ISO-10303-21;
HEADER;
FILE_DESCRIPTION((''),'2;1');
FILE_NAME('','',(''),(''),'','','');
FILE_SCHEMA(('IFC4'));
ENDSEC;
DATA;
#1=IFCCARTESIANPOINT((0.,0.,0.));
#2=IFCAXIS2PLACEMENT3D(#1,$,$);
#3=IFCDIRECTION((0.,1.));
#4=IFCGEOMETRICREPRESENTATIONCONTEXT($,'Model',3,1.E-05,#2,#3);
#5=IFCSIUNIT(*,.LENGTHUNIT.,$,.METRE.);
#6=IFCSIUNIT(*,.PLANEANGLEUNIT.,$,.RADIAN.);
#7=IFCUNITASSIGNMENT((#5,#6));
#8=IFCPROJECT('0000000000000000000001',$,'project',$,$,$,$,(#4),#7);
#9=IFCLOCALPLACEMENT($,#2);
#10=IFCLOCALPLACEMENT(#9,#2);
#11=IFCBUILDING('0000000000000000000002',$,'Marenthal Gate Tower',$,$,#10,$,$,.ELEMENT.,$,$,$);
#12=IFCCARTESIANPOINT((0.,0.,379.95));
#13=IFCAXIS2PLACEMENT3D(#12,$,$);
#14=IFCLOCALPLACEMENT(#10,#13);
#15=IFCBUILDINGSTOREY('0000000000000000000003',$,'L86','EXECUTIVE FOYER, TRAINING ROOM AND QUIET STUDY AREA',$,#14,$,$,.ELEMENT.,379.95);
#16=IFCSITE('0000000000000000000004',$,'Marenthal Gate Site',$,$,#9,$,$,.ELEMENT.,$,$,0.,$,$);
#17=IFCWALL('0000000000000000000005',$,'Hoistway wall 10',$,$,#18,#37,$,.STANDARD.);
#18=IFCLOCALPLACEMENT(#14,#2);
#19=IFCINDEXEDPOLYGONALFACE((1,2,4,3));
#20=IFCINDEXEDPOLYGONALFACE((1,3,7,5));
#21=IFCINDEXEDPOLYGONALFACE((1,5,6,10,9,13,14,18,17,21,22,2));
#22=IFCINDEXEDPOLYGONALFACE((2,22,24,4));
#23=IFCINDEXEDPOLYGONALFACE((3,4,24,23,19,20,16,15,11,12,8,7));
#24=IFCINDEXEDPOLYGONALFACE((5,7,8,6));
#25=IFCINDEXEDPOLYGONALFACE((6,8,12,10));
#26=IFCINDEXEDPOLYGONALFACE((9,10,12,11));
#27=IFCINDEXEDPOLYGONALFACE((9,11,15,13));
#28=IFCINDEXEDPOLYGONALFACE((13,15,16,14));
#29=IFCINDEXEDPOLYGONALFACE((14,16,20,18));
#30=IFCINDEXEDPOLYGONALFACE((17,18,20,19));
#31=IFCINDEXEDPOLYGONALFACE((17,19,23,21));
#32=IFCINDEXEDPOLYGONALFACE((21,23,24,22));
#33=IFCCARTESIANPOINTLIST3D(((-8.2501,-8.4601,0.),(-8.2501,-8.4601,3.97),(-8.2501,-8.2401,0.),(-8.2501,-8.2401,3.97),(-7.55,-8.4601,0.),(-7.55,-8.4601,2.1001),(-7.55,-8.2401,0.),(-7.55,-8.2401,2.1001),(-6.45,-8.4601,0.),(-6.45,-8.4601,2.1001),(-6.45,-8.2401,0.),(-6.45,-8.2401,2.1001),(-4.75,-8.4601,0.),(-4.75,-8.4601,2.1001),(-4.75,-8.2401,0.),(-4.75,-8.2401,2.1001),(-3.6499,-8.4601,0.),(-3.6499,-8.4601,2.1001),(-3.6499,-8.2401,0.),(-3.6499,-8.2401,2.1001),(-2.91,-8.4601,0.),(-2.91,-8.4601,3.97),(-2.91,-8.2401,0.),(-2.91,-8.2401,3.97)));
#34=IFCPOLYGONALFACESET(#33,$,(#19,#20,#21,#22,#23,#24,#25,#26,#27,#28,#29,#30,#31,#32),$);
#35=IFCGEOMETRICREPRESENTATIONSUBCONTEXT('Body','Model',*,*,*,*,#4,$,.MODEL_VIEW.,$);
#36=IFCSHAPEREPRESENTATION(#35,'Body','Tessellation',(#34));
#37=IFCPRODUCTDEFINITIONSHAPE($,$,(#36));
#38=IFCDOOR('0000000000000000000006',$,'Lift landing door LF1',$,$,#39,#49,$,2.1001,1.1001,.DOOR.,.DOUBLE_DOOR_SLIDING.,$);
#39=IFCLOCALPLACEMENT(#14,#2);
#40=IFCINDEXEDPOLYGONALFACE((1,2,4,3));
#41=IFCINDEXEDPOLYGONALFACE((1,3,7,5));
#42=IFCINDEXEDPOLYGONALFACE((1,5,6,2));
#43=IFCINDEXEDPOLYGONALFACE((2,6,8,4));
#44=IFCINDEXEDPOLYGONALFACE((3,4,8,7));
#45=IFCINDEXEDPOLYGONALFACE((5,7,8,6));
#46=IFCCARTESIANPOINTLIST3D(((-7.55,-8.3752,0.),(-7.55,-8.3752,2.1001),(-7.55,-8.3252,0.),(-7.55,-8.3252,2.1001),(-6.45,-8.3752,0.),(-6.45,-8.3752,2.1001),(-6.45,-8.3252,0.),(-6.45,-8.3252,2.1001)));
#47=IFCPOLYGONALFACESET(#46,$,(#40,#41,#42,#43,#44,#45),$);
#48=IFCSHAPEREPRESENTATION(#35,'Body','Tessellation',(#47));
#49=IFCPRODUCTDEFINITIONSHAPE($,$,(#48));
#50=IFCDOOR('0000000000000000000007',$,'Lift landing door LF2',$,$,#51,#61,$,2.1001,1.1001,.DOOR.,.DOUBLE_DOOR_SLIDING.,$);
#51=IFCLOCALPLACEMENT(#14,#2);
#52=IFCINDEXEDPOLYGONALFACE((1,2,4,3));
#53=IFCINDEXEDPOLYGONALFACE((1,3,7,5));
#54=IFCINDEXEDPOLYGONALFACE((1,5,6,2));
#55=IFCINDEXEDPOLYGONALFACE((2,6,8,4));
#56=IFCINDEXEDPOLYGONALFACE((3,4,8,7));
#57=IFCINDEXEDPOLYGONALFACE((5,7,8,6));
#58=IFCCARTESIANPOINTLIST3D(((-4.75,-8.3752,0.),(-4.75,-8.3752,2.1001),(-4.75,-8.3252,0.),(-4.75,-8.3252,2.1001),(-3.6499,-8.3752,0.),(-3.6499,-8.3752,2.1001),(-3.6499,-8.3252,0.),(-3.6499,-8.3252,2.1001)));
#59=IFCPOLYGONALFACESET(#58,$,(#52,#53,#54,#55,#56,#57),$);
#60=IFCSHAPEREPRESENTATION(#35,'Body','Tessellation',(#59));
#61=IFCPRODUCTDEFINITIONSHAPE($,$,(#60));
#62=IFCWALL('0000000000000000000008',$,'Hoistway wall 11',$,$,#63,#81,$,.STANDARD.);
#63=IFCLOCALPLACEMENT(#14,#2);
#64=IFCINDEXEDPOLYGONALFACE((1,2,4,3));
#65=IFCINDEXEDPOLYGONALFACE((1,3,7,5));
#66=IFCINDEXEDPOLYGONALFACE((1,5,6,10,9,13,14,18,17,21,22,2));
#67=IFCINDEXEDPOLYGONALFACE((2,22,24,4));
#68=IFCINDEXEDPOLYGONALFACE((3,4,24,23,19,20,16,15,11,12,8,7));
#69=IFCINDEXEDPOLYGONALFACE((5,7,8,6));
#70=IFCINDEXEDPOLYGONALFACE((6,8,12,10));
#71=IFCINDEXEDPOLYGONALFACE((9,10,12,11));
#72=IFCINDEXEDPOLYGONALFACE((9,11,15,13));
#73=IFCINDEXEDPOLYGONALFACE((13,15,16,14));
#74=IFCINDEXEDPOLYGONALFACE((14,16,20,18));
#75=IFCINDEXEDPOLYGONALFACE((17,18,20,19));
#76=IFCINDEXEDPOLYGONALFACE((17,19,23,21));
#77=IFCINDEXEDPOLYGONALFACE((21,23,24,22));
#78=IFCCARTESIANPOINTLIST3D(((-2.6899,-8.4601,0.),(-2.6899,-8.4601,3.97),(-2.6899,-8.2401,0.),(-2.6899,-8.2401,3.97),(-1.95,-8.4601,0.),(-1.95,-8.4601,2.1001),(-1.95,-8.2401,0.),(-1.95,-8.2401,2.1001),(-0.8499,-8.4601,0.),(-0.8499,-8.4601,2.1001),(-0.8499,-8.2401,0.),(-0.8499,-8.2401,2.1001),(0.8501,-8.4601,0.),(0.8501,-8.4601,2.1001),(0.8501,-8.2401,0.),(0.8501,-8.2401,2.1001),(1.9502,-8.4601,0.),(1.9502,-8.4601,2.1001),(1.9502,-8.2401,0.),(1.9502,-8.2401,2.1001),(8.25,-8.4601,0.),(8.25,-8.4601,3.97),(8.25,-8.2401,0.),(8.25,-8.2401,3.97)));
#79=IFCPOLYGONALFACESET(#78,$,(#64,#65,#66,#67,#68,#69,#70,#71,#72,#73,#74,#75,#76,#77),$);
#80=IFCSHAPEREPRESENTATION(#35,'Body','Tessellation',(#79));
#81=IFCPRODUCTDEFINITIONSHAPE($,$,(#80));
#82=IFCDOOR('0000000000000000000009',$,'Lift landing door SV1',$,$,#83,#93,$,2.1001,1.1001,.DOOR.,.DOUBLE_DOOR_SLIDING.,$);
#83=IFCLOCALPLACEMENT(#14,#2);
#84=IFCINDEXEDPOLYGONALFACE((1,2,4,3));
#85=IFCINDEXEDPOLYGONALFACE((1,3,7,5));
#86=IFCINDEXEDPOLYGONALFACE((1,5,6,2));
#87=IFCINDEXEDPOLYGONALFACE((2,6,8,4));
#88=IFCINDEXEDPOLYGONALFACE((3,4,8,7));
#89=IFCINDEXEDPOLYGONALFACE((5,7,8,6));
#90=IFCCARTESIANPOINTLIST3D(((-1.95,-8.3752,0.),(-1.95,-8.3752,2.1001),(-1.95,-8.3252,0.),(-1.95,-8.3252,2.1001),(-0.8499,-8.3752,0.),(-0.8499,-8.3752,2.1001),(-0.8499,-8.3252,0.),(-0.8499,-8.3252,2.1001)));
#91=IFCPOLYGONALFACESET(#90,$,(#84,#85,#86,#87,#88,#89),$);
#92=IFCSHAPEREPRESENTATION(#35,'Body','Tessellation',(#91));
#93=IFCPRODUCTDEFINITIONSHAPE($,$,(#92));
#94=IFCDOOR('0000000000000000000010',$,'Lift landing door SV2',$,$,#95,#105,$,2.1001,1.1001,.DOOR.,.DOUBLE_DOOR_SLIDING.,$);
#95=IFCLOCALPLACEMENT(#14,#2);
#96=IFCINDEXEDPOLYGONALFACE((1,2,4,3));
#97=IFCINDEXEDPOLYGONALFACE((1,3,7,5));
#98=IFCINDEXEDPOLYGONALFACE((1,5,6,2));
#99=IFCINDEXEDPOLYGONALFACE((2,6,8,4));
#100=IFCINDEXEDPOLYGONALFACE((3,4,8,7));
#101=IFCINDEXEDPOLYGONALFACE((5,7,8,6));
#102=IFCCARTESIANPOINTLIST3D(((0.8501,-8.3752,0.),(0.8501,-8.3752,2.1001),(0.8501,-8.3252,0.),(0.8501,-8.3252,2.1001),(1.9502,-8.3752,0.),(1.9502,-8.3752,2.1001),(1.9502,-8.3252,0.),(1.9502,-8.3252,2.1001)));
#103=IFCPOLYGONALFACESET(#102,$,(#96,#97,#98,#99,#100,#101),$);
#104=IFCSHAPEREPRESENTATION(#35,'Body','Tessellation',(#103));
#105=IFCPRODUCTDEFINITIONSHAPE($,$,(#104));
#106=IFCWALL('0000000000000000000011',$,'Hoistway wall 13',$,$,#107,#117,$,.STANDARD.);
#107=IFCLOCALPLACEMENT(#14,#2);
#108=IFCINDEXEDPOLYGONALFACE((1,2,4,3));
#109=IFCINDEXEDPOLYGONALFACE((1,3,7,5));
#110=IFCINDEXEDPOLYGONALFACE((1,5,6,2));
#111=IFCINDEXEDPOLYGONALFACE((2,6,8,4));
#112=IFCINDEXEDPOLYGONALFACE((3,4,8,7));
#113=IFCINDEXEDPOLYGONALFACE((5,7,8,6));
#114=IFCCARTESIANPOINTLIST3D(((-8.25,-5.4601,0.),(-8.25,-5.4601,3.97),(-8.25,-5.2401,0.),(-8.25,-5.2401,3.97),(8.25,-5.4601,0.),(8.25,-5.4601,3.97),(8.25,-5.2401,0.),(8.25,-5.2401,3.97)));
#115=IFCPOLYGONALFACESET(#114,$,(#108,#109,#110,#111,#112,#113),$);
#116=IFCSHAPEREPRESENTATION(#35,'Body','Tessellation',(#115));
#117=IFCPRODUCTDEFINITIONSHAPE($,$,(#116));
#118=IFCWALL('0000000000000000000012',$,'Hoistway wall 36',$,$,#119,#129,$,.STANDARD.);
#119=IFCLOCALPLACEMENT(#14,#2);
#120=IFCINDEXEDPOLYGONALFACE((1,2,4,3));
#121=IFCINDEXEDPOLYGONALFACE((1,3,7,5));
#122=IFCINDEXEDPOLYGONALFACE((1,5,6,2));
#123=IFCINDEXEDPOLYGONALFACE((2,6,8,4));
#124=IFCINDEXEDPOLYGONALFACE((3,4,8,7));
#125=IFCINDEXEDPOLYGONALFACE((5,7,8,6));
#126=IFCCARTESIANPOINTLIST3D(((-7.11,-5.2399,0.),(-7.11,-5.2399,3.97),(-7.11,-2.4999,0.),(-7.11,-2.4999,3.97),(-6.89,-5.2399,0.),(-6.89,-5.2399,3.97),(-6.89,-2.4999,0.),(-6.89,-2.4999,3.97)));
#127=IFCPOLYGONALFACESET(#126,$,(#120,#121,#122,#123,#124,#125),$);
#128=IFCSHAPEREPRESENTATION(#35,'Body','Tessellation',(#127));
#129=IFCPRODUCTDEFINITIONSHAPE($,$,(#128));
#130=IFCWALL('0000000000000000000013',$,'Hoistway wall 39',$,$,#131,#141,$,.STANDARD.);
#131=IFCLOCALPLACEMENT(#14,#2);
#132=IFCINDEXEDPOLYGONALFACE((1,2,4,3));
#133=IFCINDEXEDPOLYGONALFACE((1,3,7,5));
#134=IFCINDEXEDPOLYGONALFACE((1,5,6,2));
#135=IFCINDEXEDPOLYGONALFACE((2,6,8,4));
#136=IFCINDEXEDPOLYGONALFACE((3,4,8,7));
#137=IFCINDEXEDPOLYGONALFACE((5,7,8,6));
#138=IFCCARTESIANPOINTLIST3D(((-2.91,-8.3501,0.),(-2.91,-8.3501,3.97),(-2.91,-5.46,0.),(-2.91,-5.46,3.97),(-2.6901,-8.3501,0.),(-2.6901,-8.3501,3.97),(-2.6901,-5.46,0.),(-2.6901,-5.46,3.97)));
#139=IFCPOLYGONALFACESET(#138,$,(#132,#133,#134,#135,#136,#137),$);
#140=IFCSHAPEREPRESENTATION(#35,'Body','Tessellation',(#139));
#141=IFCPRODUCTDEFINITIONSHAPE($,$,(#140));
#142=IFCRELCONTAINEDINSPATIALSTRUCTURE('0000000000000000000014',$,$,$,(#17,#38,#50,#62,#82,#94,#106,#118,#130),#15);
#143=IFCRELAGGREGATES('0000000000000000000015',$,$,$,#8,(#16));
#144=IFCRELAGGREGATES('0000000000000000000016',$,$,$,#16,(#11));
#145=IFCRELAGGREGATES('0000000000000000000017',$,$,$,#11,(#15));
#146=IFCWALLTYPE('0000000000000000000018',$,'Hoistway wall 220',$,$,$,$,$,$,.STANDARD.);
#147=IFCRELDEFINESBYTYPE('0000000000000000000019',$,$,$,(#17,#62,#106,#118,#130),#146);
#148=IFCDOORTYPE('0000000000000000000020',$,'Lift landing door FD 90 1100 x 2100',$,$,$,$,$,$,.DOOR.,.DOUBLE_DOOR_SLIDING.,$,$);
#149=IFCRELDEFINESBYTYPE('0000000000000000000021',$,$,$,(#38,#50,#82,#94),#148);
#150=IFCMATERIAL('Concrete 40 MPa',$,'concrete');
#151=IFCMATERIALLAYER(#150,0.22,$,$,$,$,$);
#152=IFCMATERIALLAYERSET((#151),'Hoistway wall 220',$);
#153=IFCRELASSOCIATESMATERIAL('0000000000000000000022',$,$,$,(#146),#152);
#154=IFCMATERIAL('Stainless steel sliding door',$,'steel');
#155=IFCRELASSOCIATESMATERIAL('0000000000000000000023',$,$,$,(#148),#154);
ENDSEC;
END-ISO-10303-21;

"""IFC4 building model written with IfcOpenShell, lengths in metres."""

from ifc_helpers import new_model, si_unit, direction, frame, frame_2d, origin, place, context, subcontext, project, spatial, rectangle, extrude, material, layer, layer_set, type_object, element, fill, save


model = new_model("IFC4")

# Units and contexts
model_context = context("Model", 3, precision=1e-05, world=origin(), true_north=direction((0.0, 1.0)))
body_context = subcontext(model_context, "Body", "Model", "MODEL_VIEW")
ifc_project = project(units=[si_unit("LENGTHUNIT", "METRE"), si_unit("PLANEANGLEUNIT", "RADIAN")], contexts=[model_context])

# Site, building, storey
site_placement = place(None, origin())
site = spatial("IfcSite", under=ifc_project, at=site_placement, Name="Marenthal Gate Site", CompositionType="ELEMENT", RefElevation=0.0)
building_placement = place(site_placement, origin())
building = spatial("IfcBuilding", under=site, at=building_placement, Name="Marenthal Gate Tower", CompositionType="ELEMENT")
storey_placement = place(building_placement, frame((0.0, 0.0, 379.95)))
storey = spatial("IfcBuildingStorey", under=building, at=storey_placement, Name="L86", Description="EXECUTIVE FOYER, TRAINING ROOM AND QUIET STUDY AREA", CompositionType="ELEMENT", Elevation=379.95)

# Walls, openings, doors
ifc_material_1 = material(Name="Concrete 40 MPa", Category="concrete")
ifc_layer_1 = layer(ifc_material_1, 0.22)
ifc_layer_set_1 = layer_set([ifc_layer_1], Name="Hoistway wall 220")
wall_type_1 = type_object("IfcWallType", Name="Hoistway wall 220", PredefinedType="STANDARD", material=ifc_layer_set_1)
wall_1_placement = place(storey_placement, frame((-8.25, -8.3501, 0.0), z_axis=(0.0, 0.0, 1.0), x_axis=(1.0, 0.0, 0.0)))
wall_1 = element("IfcWall", 1, at=wall_1_placement, inside=storey, type_object=wall_type_1, Name="Hoistway wall 10", PredefinedType="STANDARD", context=body_context, shape_type="SweptSolid", body=[
    extrude(rectangle(XDim=5.3401, YDim=0.22, at=frame_2d((2.6699, 0.0))), origin(), (0.0, 0.0, 1.0), 3.97),
])
opening_1_placement = place(wall_1_placement, frame((0.7, 0.0, 0.0)))
opening_1 = element("IfcOpeningElement", 2, at=opening_1_placement, cuts=wall_1, PredefinedType="OPENING", context=body_context, shape_type="SweptSolid", body=[
    extrude(rectangle(XDim=1.1001, YDim=2.1001, at=frame_2d((0.55, 1.05))), frame((0.0, 0.1201, 0.0), z_axis=(0.0, -1.0, 0.0), x_axis=(1.0, 0.0, 0.0)), (0.0, 0.0, 1.0), 0.24),
])
opening_2_placement = place(wall_1_placement, frame((3.5, 0.0, 0.0)))
opening_2 = element("IfcOpeningElement", 3, at=opening_2_placement, cuts=wall_1, PredefinedType="OPENING", context=body_context, shape_type="SweptSolid", body=[
    extrude(rectangle(XDim=1.1001, YDim=2.1001, at=frame_2d((0.55, 1.05))), frame((0.0, 0.1201, 0.0), z_axis=(0.0, -1.0, 0.0), x_axis=(1.0, 0.0, 0.0)), (0.0, 0.0, 1.0), 0.24),
])
ifc_material_2 = material(Name="Stainless steel sliding door", Category="steel")
door_type = type_object("IfcDoorType", Name="Lift landing door FD 90 1100 x 2100", OperationType="DOUBLE_DOOR_SLIDING", PredefinedType="DOOR", material=ifc_material_2)
door_1_placement = place(opening_1_placement, origin())
door_1 = element("IfcDoor", 4, at=door_1_placement, inside=storey, type_object=door_type, Name="Lift landing door LF1", OperationType="DOUBLE_DOOR_SLIDING", OverallHeight=2.1001, OverallWidth=1.1001, PredefinedType="DOOR", context=body_context, shape_type="SweptSolid", body=[
    extrude(rectangle(XDim=1.1001, YDim=2.1001, at=frame_2d((0.55, 1.05))), frame((0.0, 0.0249, 0.0), z_axis=(0.0, -1.0, 0.0), x_axis=(1.0, 0.0, 0.0)), (0.0, 0.0, 1.0), 0.05),
])
fill(opening_1, door_1)
door_2_placement = place(opening_2_placement, origin())
door_2 = element("IfcDoor", 5, at=door_2_placement, inside=storey, type_object=door_type, Name="Lift landing door LF2", OperationType="DOUBLE_DOOR_SLIDING", OverallHeight=2.1001, OverallWidth=1.1001, PredefinedType="DOOR", context=body_context, shape_type="SweptSolid", body=[
    extrude(rectangle(XDim=1.1001, YDim=2.1001, at=frame_2d((0.55, 1.05))), frame((0.0, 0.0249, 0.0), z_axis=(0.0, -1.0, 0.0), x_axis=(1.0, 0.0, 0.0)), (0.0, 0.0, 1.0), 0.05),
])
fill(opening_2, door_2)
wall_2_placement = place(storey_placement, frame((-2.6899, -8.3501, 0.0), z_axis=(0.0, 0.0, 1.0), x_axis=(1.0, 0.0, 0.0)))
wall_2 = element("IfcWall", 6, at=wall_2_placement, inside=storey, type_object=wall_type_1, Name="Hoistway wall 11", PredefinedType="STANDARD", context=body_context, shape_type="SweptSolid", body=[
    extrude(rectangle(XDim=10.9399, YDim=0.22, at=frame_2d((5.47, 0.0))), origin(), (0.0, 0.0, 1.0), 3.97),
])
opening_3_placement = place(wall_2_placement, frame((0.74, 0.0, 0.0)))
opening_3 = element("IfcOpeningElement", 7, at=opening_3_placement, cuts=wall_2, PredefinedType="OPENING", context=body_context, shape_type="SweptSolid", body=[
    extrude(rectangle(XDim=1.1001, YDim=2.1001, at=frame_2d((0.55, 1.05))), frame((0.0, 0.1201, 0.0), z_axis=(0.0, -1.0, 0.0), x_axis=(1.0, 0.0, 0.0)), (0.0, 0.0, 1.0), 0.24),
])
opening_4_placement = place(wall_2_placement, frame((3.54, 0.0, 0.0)))
opening_4 = element("IfcOpeningElement", 8, at=opening_4_placement, cuts=wall_2, PredefinedType="OPENING", context=body_context, shape_type="SweptSolid", body=[
    extrude(rectangle(XDim=1.1001, YDim=2.1001, at=frame_2d((0.55, 1.05))), frame((0.0, 0.1201, 0.0), z_axis=(0.0, -1.0, 0.0), x_axis=(1.0, 0.0, 0.0)), (0.0, 0.0, 1.0), 0.24),
])
door_3_placement = place(opening_3_placement, origin())
door_3 = element("IfcDoor", 9, at=door_3_placement, inside=storey, type_object=door_type, Name="Lift landing door SV1", OperationType="DOUBLE_DOOR_SLIDING", OverallHeight=2.1001, OverallWidth=1.1001, PredefinedType="DOOR", context=body_context, shape_type="SweptSolid", body=[
    extrude(rectangle(XDim=1.1001, YDim=2.1001, at=frame_2d((0.55, 1.05))), frame((0.0, 0.0249, 0.0), z_axis=(0.0, -1.0, 0.0), x_axis=(1.0, 0.0, 0.0)), (0.0, 0.0, 1.0), 0.05),
])
fill(opening_3, door_3)
door_4_placement = place(opening_4_placement, origin())
door_4 = element("IfcDoor", 10, at=door_4_placement, inside=storey, type_object=door_type, Name="Lift landing door SV2", OperationType="DOUBLE_DOOR_SLIDING", OverallHeight=2.1001, OverallWidth=1.1001, PredefinedType="DOOR", context=body_context, shape_type="SweptSolid", body=[
    extrude(rectangle(XDim=1.1001, YDim=2.1001, at=frame_2d((0.55, 1.05))), frame((0.0, 0.0249, 0.0), z_axis=(0.0, -1.0, 0.0), x_axis=(1.0, 0.0, 0.0)), (0.0, 0.0, 1.0), 0.05),
])
fill(opening_4, door_4)

# Walls
wall_3_placement = place(storey_placement, frame((-8.25, -5.3501, 0.0), z_axis=(0.0, 0.0, 1.0), x_axis=(1.0, 0.0, 0.0)))
element("IfcWall", 11, at=wall_3_placement, inside=storey, type_object=wall_type_1, Name="Hoistway wall 13", PredefinedType="STANDARD", context=body_context, shape_type="SweptSolid", body=[
    extrude(rectangle(XDim=16.5, YDim=0.22, at=frame_2d((8.25, 0.0))), origin(), (0.0, 0.0, 1.0), 3.97),
])
wall_4_placement = place(storey_placement, frame((-7.0, -5.24, 0.0), z_axis=(0.0, 0.0, 1.0), x_axis=(0.0, 1.0, 0.0)))
element("IfcWall", 12, at=wall_4_placement, inside=storey, type_object=wall_type_1, Name="Hoistway wall 36", PredefinedType="STANDARD", context=body_context, shape_type="SweptSolid", body=[
    extrude(rectangle(XDim=2.74, YDim=0.22, at=frame_2d((1.3701, 0.0))), origin(), (0.0, 0.0, 1.0), 3.97),
])
wall_5_placement = place(storey_placement, frame((-2.8, -8.3501, 0.0), z_axis=(0.0, 0.0, 1.0), x_axis=(0.0, 1.0, 0.0)))
element("IfcWall", 13, at=wall_5_placement, inside=storey, type_object=wall_type_1, Name="Hoistway wall 39", PredefinedType="STANDARD", context=body_context, shape_type="SweptSolid", body=[
    extrude(rectangle(XDim=2.8901, YDim=0.22, at=frame_2d((1.4451, 0.0))), origin(), (0.0, 0.0, 1.0), 3.97),
])

save(model, "model.ifc")
